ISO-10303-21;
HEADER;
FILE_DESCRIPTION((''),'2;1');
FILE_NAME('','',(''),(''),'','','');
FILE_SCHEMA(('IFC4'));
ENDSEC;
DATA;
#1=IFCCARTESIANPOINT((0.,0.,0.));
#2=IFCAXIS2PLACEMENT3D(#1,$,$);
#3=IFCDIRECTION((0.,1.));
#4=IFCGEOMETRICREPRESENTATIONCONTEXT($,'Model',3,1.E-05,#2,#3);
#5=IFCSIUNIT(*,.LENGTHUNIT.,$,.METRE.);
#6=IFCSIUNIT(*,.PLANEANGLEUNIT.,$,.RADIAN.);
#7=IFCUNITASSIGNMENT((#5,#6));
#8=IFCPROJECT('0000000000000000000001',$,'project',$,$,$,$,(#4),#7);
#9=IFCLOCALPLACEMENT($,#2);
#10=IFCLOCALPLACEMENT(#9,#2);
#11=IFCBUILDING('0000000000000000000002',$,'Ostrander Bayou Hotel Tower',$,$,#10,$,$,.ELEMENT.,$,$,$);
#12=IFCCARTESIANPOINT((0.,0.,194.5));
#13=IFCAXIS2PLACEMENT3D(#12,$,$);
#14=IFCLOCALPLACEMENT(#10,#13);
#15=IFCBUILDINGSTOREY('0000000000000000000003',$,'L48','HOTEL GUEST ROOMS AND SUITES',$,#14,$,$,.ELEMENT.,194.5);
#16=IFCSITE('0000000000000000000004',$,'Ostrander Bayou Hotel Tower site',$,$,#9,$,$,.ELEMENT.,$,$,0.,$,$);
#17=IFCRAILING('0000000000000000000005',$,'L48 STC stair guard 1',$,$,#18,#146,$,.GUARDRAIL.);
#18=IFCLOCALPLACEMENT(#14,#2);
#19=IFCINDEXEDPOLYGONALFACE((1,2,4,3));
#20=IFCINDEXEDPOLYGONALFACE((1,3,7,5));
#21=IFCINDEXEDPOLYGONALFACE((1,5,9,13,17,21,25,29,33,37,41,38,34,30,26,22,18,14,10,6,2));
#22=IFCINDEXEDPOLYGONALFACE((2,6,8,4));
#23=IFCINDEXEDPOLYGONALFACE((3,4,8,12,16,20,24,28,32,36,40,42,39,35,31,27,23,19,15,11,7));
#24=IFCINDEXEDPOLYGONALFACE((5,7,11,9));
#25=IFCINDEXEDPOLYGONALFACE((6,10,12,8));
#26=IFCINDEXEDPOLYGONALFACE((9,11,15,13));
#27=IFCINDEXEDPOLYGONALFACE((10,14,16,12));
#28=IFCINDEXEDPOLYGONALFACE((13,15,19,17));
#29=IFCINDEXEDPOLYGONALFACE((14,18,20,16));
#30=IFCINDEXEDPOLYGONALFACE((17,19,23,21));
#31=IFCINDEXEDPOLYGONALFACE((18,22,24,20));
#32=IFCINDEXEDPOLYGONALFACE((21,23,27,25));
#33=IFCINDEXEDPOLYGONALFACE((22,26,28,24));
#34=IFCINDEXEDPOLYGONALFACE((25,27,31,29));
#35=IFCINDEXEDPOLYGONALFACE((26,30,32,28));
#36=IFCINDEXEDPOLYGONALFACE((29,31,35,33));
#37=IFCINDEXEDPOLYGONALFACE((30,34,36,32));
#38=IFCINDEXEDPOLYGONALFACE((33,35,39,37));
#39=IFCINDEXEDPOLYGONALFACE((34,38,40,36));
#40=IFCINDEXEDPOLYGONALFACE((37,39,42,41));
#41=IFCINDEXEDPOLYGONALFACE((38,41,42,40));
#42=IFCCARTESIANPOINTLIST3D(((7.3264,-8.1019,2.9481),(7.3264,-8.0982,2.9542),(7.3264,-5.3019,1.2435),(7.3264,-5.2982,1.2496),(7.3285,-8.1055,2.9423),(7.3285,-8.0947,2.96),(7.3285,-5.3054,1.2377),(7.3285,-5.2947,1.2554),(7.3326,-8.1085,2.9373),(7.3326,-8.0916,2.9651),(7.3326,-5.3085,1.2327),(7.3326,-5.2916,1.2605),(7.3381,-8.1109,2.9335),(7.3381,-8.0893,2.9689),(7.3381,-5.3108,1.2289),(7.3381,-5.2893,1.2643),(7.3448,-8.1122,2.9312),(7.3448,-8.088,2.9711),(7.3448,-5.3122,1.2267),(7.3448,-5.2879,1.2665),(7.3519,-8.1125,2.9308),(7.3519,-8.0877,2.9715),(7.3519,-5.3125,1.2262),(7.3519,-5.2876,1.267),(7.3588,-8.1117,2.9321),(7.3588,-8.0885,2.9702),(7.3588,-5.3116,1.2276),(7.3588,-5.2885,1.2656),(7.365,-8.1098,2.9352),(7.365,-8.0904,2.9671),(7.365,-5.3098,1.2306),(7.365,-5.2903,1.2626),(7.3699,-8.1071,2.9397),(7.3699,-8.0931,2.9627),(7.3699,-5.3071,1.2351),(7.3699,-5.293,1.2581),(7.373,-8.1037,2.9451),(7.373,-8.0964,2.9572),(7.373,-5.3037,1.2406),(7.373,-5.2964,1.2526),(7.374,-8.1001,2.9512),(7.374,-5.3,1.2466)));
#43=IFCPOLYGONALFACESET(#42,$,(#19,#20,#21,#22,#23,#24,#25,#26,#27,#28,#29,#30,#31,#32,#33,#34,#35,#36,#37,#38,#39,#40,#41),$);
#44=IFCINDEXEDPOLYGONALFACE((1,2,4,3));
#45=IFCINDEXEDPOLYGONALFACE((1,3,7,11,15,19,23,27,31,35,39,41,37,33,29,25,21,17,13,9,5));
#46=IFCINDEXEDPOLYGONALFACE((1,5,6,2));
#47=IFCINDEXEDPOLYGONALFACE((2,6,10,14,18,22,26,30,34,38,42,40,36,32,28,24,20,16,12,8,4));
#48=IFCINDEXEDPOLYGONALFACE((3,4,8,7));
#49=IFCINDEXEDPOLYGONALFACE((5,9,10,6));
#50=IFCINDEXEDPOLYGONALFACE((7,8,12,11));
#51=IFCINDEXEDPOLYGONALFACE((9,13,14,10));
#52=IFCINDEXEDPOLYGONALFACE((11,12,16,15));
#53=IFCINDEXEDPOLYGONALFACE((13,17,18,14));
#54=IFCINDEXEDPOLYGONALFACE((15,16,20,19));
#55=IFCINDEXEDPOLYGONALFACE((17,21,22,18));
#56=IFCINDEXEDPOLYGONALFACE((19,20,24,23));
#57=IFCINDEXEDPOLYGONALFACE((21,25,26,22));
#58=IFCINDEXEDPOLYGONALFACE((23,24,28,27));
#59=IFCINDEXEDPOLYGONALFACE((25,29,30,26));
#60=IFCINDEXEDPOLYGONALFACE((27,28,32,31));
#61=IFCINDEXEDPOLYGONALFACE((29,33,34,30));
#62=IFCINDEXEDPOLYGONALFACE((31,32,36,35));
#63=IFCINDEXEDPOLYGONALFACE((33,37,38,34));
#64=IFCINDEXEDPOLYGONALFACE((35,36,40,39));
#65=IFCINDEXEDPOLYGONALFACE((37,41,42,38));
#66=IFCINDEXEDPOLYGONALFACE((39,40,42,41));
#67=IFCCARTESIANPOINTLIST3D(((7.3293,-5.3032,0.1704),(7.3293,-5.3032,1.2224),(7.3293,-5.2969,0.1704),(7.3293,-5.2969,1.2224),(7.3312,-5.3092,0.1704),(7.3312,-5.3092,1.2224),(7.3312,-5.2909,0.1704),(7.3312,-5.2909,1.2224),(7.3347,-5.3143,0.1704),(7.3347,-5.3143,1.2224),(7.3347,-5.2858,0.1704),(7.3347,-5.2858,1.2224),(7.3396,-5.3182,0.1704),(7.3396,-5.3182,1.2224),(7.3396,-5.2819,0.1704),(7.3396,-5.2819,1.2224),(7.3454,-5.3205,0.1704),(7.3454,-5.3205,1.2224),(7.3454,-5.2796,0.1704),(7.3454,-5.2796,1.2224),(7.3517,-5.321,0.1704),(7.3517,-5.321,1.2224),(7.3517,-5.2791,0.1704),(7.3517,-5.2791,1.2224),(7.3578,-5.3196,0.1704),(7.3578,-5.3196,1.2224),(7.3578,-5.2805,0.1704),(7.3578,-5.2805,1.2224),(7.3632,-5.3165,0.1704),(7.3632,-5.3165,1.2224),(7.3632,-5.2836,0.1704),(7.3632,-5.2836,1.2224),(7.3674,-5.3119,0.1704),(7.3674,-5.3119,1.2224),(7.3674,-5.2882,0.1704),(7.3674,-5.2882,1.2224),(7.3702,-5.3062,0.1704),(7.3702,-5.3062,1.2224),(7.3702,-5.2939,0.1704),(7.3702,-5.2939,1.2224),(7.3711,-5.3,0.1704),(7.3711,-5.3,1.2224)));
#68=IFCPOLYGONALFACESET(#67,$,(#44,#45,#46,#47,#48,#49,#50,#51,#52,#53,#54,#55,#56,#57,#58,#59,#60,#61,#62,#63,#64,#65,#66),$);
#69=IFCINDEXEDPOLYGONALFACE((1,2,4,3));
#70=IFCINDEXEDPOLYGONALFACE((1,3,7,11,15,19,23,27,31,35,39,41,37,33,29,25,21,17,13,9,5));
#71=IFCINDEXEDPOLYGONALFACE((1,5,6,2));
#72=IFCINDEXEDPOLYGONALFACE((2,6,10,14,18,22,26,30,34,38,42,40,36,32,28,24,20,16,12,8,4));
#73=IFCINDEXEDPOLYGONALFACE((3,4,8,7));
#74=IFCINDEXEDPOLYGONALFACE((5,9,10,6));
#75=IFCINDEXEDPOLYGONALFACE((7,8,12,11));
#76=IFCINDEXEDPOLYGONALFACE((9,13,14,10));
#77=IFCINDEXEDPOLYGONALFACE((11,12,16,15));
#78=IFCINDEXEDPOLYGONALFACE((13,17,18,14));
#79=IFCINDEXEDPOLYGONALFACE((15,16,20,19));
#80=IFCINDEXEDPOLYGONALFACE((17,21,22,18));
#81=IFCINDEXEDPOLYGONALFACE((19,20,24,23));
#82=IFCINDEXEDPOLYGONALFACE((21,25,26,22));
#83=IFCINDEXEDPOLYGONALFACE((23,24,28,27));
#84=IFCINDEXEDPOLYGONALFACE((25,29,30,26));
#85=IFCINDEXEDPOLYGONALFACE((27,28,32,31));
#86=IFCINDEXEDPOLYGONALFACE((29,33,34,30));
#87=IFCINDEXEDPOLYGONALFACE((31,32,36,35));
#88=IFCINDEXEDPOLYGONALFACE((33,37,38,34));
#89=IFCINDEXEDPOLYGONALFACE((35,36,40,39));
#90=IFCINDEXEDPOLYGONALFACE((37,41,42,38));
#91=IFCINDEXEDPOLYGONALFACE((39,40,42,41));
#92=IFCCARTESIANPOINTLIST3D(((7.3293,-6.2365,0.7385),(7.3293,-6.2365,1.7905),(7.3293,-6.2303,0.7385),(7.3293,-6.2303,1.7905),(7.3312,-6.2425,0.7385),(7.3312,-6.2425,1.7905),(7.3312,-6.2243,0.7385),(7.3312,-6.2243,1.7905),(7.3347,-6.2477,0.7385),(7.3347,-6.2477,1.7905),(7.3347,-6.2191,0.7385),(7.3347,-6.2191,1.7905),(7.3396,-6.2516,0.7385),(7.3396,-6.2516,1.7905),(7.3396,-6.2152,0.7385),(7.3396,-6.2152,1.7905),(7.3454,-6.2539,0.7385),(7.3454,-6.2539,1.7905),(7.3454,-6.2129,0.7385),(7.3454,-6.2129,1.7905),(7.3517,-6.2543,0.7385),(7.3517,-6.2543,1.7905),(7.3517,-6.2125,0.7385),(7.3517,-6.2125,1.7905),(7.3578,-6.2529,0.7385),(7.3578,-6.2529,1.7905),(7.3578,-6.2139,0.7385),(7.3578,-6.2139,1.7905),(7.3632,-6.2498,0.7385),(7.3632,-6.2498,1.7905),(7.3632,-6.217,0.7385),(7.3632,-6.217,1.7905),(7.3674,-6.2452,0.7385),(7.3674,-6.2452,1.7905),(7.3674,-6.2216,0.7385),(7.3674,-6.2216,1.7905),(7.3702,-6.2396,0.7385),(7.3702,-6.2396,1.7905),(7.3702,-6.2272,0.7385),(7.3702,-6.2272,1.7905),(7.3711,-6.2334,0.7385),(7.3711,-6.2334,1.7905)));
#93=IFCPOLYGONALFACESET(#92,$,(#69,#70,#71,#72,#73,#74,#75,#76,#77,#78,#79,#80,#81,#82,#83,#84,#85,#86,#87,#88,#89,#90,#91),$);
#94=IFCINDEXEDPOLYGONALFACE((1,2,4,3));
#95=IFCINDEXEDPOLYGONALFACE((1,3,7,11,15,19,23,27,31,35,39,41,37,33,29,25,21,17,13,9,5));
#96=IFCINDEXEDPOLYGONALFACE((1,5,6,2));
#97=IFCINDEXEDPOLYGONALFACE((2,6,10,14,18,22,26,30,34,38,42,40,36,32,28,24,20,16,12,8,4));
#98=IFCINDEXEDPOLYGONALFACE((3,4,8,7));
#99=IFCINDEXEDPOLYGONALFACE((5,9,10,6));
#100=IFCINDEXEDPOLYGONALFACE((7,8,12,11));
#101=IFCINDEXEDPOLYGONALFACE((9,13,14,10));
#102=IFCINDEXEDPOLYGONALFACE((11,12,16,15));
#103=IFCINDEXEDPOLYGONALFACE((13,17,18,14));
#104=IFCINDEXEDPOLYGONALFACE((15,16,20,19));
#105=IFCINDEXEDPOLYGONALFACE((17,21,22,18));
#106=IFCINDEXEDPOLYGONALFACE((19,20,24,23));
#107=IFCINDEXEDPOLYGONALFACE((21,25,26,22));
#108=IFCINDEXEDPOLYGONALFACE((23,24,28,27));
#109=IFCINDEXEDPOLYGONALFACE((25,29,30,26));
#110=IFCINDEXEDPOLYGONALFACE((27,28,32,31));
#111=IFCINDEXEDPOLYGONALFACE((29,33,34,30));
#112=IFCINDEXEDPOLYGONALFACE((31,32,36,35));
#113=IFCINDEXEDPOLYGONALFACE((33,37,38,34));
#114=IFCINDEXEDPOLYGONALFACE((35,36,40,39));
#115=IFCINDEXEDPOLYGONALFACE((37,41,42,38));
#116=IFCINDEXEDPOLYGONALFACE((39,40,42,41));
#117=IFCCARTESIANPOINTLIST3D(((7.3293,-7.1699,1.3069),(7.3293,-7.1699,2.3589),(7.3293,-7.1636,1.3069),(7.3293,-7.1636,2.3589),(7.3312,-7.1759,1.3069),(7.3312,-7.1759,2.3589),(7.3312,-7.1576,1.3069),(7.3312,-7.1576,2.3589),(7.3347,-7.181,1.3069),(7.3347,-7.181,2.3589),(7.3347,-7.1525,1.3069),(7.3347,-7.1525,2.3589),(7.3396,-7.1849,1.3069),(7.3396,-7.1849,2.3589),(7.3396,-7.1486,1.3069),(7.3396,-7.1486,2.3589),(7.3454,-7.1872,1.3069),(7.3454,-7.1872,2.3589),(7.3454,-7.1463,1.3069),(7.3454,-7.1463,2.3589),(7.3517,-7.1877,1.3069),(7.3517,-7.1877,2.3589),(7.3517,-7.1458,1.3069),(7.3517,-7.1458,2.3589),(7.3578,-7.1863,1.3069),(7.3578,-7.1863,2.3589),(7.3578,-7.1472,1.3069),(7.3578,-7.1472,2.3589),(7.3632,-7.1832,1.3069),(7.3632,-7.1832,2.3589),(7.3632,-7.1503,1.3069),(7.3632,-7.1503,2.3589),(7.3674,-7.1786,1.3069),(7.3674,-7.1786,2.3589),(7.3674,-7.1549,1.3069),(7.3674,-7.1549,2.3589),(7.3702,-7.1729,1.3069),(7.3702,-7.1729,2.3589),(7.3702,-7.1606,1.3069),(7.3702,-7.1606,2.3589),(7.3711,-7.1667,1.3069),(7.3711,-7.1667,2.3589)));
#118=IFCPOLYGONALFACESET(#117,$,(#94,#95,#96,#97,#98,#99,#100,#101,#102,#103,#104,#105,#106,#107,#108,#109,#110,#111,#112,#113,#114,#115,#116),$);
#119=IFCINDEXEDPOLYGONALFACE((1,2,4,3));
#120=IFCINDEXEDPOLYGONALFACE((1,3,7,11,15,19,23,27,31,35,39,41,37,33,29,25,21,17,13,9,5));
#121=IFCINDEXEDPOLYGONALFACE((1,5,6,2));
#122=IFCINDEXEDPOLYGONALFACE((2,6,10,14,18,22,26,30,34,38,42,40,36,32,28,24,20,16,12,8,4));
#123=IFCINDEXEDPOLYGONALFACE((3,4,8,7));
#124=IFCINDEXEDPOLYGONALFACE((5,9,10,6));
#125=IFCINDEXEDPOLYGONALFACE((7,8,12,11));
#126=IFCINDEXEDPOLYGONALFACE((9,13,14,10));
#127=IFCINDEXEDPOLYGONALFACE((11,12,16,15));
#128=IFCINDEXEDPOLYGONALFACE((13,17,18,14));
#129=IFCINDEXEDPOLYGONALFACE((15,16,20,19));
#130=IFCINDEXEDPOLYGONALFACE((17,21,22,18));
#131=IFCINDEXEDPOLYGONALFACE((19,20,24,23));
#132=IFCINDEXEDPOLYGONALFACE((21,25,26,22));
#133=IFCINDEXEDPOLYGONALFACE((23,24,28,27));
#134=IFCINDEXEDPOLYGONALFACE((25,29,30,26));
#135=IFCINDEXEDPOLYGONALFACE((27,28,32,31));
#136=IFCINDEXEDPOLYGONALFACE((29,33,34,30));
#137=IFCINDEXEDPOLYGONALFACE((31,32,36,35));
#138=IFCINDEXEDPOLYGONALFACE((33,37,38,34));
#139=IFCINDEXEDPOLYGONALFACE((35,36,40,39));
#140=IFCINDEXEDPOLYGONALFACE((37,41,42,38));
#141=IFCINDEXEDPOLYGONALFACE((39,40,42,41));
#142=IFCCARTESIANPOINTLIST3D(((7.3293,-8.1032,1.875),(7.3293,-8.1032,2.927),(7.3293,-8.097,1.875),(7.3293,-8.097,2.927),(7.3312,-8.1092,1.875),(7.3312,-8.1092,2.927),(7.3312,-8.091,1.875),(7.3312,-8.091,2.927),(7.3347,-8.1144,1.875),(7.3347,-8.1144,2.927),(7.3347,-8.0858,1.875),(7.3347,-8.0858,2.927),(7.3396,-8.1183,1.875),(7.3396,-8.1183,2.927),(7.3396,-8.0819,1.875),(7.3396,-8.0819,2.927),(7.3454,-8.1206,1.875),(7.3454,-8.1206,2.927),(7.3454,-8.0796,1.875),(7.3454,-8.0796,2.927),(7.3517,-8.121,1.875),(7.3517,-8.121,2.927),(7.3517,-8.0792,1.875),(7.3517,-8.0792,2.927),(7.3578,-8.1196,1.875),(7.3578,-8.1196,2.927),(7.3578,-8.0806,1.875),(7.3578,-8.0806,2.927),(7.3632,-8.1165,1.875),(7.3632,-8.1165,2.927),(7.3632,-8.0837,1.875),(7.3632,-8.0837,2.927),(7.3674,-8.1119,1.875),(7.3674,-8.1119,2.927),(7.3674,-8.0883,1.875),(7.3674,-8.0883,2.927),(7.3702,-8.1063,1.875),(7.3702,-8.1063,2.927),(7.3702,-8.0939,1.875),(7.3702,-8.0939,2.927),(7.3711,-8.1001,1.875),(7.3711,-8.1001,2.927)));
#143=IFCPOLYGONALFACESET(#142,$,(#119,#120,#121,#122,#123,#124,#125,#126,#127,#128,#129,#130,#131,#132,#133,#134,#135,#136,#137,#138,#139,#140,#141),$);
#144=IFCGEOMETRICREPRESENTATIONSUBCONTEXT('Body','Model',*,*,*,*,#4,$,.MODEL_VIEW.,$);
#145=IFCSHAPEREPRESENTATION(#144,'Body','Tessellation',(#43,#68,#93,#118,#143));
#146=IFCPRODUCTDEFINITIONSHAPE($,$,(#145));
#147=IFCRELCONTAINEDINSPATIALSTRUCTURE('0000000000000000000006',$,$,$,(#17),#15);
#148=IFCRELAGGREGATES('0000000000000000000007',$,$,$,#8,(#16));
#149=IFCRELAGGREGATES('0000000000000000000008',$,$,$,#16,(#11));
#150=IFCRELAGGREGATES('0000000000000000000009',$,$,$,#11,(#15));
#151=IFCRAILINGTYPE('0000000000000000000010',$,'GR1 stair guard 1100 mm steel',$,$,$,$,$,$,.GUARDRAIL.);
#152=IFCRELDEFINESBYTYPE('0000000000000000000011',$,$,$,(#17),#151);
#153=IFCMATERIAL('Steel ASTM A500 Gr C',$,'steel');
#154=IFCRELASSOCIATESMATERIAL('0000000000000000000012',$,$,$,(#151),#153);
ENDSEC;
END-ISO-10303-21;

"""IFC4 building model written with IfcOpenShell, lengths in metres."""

from ifc_helpers import new_model, si_unit, direction, frame, origin, origin_2d, place, context, subcontext, project, spatial, circle, extrude, material, type_object, element, save


model = new_model("IFC4")

# Units and contexts
model_context = context("Model", 3, precision=1e-05, world=origin(), true_north=direction((0.0, 1.0)))
body_context = subcontext(model_context, "Body", "Model", "MODEL_VIEW")
ifc_project = project(units=[si_unit("LENGTHUNIT", "METRE"), si_unit("PLANEANGLEUNIT", "RADIAN")], contexts=[model_context])

# Site, building, storey
site_placement = place(None, origin())
site = spatial("IfcSite", under=ifc_project, at=site_placement, Name="Ostrander Bayou Hotel Tower site", CompositionType="ELEMENT", RefElevation=0.0)
building_placement = place(site_placement, origin())
building = spatial("IfcBuilding", under=site, at=building_placement, Name="Ostrander Bayou Hotel Tower", CompositionType="ELEMENT")
storey_placement = place(building_placement, frame((0.0, 0.0, 194.5)))
storey = spatial("IfcBuildingStorey", under=building, at=storey_placement, Name="L48", Description="HOTEL GUEST ROOMS AND SUITES", CompositionType="ELEMENT", Elevation=194.5)

# Railing
ifc_material_1 = material(Name="Steel ASTM A500 Gr C", Category="steel")
railing_type_1 = type_object("IfcRailingType", Name="GR1 stair guard 1100 mm steel", PredefinedType="GUARDRAIL", material=ifc_material_1)
railing_1_placement = place(storey_placement, frame((7.3501, -5.3, 0.1704)))
element("IfcRailing", 1, at=railing_1_placement, inside=storey, type_object=railing_type_1, Name="L48 STC stair guard 1", PredefinedType="GUARDRAIL", context=body_context, shape_type="SweptSolid", body=[
    extrude(circle(Radius=0.0239, at=origin_2d()), frame((0.0, 0.0, 1.0762), z_axis=(0.0, -0.85417, 0.519994), x_axis=(1.0, 0.0, 0.0)), (0.0, 0.0, 1.0), 3.2781),
    extrude(circle(Radius=0.021, at=origin_2d()), origin(), (0.0, 0.0, 1.0), 1.052),
    extrude(circle(Radius=0.021, at=origin_2d()), frame((0.0, -0.9333, 0.5681)), (0.0, 0.0, 1.0), 1.052),
    extrude(circle(Radius=0.021, at=origin_2d()), frame((0.0, -1.8667, 1.1365)), (0.0, 0.0, 1.0), 1.052),
    extrude(circle(Radius=0.021, at=origin_2d()), frame((0.0, -2.8, 1.7046)), (0.0, 0.0, 1.0), 1.052),
])

save(model, "model.ifc")
